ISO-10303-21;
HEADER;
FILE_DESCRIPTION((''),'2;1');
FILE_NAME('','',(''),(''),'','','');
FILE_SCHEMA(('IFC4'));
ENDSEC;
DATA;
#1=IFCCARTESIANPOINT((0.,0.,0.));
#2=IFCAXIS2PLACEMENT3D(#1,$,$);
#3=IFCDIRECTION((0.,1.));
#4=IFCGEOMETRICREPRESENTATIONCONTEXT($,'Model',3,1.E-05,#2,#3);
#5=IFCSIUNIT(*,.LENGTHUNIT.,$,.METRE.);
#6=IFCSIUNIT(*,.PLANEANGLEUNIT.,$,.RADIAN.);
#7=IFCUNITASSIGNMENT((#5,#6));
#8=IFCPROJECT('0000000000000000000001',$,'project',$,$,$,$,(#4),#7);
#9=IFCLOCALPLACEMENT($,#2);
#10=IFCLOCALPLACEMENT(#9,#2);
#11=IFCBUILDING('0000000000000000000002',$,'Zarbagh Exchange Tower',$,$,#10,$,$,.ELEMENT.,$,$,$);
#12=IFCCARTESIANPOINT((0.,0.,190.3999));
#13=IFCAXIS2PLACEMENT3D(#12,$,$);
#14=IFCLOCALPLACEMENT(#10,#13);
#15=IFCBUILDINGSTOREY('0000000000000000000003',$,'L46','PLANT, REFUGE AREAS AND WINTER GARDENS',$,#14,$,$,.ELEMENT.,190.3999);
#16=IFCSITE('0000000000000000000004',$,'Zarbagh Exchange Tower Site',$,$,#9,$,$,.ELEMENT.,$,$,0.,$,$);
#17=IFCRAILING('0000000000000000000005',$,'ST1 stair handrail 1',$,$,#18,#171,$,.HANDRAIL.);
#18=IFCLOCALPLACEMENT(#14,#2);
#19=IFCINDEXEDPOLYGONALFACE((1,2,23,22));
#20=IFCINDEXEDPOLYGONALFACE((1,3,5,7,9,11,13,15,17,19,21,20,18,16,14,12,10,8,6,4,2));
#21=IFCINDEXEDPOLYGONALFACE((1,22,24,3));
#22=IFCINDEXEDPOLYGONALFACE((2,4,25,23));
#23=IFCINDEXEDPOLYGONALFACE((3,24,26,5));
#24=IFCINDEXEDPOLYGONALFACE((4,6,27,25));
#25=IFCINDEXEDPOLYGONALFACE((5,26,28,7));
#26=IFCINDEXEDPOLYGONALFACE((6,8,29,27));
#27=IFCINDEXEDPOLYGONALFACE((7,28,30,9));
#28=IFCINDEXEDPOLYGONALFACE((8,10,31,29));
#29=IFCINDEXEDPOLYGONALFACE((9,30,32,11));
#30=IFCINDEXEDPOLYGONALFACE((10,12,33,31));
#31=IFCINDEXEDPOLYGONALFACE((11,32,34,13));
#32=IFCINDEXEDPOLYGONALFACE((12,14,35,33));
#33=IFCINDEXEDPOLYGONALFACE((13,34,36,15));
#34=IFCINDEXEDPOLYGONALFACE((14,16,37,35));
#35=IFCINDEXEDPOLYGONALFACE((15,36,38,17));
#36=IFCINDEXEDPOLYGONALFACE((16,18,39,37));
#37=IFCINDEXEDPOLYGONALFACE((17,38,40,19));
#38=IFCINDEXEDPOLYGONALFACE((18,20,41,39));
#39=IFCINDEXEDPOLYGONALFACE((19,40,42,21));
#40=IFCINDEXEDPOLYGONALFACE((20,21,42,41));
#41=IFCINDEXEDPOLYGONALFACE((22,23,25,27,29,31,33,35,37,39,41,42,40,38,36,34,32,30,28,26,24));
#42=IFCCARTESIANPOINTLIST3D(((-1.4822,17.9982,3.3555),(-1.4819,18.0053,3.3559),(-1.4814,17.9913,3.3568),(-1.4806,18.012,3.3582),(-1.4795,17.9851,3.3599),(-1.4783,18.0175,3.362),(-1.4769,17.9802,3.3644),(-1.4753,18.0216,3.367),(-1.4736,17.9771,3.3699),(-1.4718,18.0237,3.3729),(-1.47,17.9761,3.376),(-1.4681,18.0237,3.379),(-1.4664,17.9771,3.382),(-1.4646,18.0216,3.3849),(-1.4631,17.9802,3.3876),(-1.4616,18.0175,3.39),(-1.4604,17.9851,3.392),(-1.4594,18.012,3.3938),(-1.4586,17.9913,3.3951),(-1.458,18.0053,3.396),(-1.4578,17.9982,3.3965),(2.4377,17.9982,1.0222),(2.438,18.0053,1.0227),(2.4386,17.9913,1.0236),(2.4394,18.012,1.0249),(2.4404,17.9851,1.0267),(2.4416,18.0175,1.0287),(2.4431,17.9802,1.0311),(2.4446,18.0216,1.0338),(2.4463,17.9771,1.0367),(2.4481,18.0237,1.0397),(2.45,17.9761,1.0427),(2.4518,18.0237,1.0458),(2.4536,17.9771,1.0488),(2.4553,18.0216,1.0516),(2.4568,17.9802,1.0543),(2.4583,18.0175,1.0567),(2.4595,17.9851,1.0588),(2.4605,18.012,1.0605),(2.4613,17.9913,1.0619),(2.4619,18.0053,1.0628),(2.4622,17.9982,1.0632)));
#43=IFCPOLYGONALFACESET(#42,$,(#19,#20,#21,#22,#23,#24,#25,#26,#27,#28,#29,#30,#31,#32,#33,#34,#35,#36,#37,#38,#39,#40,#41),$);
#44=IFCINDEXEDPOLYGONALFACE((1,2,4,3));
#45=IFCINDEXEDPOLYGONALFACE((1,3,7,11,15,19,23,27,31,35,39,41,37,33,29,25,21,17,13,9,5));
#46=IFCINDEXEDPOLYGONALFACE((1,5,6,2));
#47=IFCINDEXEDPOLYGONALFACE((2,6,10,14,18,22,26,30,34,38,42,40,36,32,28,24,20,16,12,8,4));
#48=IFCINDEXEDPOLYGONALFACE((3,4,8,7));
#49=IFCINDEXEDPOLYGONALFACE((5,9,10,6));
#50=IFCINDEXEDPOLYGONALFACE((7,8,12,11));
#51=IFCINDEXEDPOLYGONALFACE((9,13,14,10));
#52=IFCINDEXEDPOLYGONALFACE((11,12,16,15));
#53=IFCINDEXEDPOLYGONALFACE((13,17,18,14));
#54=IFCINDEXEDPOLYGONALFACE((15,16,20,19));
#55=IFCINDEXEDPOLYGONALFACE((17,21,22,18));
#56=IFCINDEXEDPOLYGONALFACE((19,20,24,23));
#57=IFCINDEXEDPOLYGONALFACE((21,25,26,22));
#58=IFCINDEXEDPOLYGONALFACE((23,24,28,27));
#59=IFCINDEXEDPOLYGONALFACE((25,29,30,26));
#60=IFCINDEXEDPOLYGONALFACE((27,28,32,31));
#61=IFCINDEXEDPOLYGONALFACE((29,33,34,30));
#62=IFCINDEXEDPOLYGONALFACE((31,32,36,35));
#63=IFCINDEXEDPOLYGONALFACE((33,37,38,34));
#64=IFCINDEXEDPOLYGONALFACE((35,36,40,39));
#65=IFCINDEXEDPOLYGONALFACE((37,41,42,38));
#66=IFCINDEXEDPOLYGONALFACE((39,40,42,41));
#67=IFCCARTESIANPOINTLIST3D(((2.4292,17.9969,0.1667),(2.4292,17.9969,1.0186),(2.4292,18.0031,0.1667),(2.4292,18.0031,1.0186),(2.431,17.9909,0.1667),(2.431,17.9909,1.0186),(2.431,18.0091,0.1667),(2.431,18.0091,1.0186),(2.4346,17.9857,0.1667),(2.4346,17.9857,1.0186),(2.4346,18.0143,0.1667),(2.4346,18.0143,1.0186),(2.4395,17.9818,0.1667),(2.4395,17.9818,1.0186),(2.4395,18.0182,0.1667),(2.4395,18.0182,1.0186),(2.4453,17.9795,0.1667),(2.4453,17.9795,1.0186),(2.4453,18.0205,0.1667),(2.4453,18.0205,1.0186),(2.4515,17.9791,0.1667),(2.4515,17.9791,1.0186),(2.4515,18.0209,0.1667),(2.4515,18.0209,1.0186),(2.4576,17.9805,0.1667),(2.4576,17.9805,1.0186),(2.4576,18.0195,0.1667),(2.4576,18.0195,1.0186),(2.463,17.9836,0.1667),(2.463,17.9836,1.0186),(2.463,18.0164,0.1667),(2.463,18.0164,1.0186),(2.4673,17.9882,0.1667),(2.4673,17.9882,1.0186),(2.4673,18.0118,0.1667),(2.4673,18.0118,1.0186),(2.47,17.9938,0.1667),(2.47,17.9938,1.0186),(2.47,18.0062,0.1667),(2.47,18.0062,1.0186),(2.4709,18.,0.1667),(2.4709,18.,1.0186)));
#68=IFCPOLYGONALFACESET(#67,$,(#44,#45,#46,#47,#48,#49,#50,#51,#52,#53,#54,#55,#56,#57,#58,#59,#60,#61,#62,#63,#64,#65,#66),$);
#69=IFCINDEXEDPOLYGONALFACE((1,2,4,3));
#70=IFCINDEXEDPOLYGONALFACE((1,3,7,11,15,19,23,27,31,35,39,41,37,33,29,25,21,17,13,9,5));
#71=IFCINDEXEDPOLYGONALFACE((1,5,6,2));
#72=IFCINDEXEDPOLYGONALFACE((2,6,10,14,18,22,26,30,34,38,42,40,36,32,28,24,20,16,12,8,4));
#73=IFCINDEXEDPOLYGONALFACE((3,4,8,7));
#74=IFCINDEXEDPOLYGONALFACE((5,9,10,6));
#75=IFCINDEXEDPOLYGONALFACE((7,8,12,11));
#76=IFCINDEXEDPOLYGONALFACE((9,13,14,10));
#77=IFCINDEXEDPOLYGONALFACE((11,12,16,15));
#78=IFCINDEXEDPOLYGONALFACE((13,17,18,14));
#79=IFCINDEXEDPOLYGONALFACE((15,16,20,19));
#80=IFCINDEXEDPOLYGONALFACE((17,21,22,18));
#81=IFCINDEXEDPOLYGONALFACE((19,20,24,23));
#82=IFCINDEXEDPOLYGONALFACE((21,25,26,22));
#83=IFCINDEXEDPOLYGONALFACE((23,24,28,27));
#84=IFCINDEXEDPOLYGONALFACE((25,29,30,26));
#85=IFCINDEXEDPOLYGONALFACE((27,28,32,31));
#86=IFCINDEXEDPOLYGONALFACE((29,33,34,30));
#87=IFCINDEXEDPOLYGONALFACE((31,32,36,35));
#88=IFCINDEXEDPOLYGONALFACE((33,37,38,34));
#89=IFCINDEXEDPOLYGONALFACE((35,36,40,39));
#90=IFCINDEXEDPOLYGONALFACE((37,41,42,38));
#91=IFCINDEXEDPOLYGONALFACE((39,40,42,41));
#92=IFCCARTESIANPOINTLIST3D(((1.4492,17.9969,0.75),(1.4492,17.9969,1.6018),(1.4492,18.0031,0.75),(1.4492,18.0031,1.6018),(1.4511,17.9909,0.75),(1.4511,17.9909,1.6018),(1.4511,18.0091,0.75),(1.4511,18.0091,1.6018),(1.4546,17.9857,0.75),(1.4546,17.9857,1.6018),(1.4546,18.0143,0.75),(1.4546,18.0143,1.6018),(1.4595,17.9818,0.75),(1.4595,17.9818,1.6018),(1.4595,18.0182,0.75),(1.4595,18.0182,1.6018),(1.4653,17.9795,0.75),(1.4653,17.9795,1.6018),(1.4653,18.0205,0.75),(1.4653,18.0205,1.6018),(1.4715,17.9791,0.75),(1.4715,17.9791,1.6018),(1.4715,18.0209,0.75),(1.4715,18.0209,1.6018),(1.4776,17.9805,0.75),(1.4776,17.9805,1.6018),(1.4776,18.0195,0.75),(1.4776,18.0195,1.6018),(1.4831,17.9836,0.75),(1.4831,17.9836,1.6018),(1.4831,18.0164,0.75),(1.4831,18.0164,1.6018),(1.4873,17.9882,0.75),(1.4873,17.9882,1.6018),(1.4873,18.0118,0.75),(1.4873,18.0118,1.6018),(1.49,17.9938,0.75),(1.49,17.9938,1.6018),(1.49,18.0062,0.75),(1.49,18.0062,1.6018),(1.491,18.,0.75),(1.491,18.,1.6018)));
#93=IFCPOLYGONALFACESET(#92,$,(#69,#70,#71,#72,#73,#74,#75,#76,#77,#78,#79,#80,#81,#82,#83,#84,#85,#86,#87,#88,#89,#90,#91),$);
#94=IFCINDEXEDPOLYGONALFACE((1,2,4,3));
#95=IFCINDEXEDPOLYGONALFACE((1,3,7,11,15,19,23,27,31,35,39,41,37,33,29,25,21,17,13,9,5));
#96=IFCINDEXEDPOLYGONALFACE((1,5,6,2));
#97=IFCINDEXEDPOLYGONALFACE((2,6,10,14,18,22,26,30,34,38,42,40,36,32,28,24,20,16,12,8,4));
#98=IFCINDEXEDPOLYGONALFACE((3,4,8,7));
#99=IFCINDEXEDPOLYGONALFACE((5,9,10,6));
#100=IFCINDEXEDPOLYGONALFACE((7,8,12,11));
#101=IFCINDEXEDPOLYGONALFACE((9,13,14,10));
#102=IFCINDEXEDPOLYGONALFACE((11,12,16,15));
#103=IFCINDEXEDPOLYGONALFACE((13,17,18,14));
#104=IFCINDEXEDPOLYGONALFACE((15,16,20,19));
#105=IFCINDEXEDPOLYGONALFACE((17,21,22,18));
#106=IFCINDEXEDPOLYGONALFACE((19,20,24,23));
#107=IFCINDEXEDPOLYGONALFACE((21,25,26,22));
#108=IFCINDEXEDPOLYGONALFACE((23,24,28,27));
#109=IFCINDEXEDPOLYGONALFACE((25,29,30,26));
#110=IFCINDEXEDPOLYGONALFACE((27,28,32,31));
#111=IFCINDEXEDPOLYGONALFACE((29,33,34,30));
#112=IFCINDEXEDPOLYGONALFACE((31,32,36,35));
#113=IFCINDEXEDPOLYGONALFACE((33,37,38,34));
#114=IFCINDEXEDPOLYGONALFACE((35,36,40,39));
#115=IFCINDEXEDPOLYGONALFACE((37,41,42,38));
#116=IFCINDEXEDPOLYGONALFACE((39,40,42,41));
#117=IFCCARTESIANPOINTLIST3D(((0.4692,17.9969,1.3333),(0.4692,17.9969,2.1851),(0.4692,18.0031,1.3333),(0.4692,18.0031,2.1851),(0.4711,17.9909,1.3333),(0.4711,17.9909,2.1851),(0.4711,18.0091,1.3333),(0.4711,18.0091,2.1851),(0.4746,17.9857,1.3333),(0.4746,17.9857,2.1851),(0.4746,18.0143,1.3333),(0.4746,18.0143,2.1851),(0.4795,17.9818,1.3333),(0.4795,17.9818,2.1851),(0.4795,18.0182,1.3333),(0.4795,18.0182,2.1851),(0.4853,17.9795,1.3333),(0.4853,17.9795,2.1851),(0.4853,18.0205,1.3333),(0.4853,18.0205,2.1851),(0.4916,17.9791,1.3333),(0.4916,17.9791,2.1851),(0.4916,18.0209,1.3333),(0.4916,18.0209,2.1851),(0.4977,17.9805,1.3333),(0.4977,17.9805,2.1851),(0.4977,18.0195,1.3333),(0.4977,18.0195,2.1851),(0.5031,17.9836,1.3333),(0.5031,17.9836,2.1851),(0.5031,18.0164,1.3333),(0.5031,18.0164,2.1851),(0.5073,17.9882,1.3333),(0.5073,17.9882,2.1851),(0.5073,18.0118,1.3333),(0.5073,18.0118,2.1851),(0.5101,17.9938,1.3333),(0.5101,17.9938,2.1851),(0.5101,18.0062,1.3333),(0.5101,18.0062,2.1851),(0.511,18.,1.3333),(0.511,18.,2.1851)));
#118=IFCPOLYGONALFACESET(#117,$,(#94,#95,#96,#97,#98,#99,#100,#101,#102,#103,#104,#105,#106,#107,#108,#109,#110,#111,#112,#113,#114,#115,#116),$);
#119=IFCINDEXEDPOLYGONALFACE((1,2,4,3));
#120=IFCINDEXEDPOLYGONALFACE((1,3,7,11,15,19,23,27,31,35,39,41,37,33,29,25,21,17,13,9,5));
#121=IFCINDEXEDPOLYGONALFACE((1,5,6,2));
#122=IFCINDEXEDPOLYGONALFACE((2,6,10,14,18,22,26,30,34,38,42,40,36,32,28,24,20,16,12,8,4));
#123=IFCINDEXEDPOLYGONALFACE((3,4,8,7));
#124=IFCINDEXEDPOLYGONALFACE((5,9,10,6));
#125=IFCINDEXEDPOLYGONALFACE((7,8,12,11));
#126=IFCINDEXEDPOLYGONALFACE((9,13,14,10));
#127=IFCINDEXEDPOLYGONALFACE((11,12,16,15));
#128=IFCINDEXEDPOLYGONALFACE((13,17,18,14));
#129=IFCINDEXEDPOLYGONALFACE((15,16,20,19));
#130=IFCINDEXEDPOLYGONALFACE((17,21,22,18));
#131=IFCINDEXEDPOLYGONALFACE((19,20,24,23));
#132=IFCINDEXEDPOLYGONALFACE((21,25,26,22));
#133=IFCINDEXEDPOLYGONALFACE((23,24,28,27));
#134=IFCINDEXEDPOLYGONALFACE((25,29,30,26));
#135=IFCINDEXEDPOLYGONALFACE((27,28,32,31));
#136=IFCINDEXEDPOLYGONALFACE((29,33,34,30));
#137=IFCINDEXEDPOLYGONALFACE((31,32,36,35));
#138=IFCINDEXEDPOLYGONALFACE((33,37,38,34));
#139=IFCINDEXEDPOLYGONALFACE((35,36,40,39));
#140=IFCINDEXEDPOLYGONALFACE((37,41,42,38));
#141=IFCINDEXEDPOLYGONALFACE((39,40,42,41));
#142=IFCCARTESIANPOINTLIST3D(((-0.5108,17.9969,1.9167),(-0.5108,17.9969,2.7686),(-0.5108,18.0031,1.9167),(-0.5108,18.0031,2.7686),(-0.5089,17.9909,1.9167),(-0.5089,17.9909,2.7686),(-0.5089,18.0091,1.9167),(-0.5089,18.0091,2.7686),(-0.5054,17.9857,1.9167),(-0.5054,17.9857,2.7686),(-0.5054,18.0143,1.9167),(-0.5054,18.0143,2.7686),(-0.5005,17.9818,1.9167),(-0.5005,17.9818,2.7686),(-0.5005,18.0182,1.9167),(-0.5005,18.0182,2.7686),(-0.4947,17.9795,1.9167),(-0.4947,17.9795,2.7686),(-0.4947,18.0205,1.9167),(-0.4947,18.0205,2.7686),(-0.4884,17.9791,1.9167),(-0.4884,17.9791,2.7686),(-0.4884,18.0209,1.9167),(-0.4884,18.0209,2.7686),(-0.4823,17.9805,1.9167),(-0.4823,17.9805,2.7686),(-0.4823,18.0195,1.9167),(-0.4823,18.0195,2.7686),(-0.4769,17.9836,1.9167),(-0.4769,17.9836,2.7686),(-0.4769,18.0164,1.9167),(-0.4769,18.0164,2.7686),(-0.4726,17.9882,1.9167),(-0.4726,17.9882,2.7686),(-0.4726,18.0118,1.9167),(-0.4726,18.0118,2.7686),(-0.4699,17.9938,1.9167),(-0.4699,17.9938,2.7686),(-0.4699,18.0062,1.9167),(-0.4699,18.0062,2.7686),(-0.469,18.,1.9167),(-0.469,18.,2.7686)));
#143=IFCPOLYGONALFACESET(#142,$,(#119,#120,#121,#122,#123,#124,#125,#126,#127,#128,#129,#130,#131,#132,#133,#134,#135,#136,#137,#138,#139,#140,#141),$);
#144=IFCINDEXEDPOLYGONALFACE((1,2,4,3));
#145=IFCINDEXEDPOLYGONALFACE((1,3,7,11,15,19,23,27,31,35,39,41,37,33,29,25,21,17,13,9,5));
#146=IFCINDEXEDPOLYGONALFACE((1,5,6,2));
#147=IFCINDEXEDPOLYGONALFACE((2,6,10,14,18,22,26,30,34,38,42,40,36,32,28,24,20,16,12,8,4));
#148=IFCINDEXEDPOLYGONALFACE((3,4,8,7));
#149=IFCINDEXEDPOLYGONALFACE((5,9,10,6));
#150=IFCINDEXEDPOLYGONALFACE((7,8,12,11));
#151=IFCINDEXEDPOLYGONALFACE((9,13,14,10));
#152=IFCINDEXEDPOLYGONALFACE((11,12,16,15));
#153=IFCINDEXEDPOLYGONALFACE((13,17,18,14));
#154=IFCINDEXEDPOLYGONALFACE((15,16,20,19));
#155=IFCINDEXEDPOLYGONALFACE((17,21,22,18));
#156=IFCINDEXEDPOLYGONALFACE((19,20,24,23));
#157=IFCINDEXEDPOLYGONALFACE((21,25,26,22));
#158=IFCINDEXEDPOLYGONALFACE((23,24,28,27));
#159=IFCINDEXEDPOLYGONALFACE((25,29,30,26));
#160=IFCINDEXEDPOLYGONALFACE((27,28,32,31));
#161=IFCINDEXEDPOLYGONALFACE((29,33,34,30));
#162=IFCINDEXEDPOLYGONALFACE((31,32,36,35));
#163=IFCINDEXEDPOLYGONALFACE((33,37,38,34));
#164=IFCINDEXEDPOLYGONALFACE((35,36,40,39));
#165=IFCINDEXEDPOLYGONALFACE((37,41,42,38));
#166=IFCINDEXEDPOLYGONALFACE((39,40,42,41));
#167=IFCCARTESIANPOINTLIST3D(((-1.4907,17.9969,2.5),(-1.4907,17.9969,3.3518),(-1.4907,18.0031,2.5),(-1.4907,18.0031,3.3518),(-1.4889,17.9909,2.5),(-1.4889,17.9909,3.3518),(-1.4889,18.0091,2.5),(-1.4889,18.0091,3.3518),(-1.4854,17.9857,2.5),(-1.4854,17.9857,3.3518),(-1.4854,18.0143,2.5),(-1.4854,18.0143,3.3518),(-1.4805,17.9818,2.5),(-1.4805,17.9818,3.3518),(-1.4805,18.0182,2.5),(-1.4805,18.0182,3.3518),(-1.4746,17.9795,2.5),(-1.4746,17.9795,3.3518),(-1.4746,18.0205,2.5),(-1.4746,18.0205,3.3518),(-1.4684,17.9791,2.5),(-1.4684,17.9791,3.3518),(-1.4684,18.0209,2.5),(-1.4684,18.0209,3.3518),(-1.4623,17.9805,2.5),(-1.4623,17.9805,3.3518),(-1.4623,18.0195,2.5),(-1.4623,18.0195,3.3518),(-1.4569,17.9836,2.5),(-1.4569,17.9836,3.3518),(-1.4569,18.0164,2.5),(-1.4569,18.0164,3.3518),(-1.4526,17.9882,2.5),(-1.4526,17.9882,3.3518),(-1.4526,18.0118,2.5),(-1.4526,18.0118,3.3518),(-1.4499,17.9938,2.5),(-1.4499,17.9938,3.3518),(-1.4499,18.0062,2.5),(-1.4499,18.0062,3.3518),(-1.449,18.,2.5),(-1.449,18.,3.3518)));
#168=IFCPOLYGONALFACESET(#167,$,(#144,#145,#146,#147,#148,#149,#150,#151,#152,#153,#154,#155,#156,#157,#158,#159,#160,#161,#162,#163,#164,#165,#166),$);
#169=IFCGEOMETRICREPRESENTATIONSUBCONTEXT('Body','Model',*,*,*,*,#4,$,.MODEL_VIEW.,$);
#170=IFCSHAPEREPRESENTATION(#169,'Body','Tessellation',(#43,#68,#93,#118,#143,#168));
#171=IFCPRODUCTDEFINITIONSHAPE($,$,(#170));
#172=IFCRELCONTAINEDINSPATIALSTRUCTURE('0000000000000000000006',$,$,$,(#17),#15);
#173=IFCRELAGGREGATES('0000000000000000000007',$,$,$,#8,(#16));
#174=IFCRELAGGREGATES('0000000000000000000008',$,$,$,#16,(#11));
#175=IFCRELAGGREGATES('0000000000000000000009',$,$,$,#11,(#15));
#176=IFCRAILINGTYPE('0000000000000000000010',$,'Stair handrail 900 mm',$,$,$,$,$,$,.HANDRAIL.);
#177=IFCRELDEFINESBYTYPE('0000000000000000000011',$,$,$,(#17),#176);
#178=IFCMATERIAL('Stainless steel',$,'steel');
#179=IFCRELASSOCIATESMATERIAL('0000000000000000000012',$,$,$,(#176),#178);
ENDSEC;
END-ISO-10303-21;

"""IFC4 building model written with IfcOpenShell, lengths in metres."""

from ifc_helpers import new_model, si_unit, direction, frame, origin, origin_2d, place, context, subcontext, project, spatial, circle, extrude, material, type_object, element, save


model = new_model("IFC4")

# Units and contexts
model_context = context("Model", 3, precision=1e-05, world=origin(), true_north=direction((0.0, 1.0)))
body_context = subcontext(model_context, "Body", "Model", "MODEL_VIEW")
ifc_project = project(units=[si_unit("LENGTHUNIT", "METRE"), si_unit("PLANEANGLEUNIT", "RADIAN")], contexts=[model_context])

# Site, building, storey
site_placement = place(None, origin())
site = spatial("IfcSite", under=ifc_project, at=site_placement, Name="Zarbagh Exchange Tower Site", CompositionType="ELEMENT", RefElevation=0.0)
building_placement = place(site_placement, origin())
building = spatial("IfcBuilding", under=site, at=building_placement, Name="Zarbagh Exchange Tower", CompositionType="ELEMENT")
storey_placement = place(building_placement, frame((0.0, 0.0, 190.3999)))
storey = spatial("IfcBuildingStorey", under=building, at=storey_placement, Name="L46", Description="PLANT, REFUGE AREAS AND WINTER GARDENS", CompositionType="ELEMENT", Elevation=190.3999)

# Shared definitions
ifc_material_1 = material(Name="Stainless steel", Category="steel")

# Railing
railing_type = type_object("IfcRailingType", Name="Stair handrail 900 mm", PredefinedType="HANDRAIL", material=ifc_material_1)
railing_placement = place(storey_placement, frame((2.45, 18.0, 0.1667)))
element("IfcRailing", 1, at=railing_placement, inside=storey, type_object=railing_type, Name="ST1 stair handrail 1", PredefinedType="HANDRAIL", context=body_context, shape_type="SweptSolid", body=[
    extrude(circle(Radius=0.0239, at=origin_2d()), frame((0.0, 0.0, 0.876), z_axis=(-0.859296, 0.0, 0.511478), x_axis=(0.0, -1.0, 0.0)), (0.0, 0.0, 1.0), 4.5618),
    extrude(circle(Radius=0.021, at=origin_2d()), origin(), (0.0, 0.0, 1.0), 0.8518),
    extrude(circle(Radius=0.021, at=origin_2d()), frame((-0.98, 0.0, 0.5833)), (0.0, 0.0, 1.0), 0.8518),
    extrude(circle(Radius=0.021, at=origin_2d()), frame((-1.96, 0.0, 1.1665)), (0.0, 0.0, 1.0), 0.8518),
    extrude(circle(Radius=0.021, at=origin_2d()), frame((-2.9399, 0.0, 1.75)), (0.0, 0.0, 1.0), 0.8518),
    extrude(circle(Radius=0.021, at=origin_2d()), frame((-3.9199, 0.0, 2.3333)), (0.0, 0.0, 1.0), 0.8518),
])

save(model, "model.ifc")
